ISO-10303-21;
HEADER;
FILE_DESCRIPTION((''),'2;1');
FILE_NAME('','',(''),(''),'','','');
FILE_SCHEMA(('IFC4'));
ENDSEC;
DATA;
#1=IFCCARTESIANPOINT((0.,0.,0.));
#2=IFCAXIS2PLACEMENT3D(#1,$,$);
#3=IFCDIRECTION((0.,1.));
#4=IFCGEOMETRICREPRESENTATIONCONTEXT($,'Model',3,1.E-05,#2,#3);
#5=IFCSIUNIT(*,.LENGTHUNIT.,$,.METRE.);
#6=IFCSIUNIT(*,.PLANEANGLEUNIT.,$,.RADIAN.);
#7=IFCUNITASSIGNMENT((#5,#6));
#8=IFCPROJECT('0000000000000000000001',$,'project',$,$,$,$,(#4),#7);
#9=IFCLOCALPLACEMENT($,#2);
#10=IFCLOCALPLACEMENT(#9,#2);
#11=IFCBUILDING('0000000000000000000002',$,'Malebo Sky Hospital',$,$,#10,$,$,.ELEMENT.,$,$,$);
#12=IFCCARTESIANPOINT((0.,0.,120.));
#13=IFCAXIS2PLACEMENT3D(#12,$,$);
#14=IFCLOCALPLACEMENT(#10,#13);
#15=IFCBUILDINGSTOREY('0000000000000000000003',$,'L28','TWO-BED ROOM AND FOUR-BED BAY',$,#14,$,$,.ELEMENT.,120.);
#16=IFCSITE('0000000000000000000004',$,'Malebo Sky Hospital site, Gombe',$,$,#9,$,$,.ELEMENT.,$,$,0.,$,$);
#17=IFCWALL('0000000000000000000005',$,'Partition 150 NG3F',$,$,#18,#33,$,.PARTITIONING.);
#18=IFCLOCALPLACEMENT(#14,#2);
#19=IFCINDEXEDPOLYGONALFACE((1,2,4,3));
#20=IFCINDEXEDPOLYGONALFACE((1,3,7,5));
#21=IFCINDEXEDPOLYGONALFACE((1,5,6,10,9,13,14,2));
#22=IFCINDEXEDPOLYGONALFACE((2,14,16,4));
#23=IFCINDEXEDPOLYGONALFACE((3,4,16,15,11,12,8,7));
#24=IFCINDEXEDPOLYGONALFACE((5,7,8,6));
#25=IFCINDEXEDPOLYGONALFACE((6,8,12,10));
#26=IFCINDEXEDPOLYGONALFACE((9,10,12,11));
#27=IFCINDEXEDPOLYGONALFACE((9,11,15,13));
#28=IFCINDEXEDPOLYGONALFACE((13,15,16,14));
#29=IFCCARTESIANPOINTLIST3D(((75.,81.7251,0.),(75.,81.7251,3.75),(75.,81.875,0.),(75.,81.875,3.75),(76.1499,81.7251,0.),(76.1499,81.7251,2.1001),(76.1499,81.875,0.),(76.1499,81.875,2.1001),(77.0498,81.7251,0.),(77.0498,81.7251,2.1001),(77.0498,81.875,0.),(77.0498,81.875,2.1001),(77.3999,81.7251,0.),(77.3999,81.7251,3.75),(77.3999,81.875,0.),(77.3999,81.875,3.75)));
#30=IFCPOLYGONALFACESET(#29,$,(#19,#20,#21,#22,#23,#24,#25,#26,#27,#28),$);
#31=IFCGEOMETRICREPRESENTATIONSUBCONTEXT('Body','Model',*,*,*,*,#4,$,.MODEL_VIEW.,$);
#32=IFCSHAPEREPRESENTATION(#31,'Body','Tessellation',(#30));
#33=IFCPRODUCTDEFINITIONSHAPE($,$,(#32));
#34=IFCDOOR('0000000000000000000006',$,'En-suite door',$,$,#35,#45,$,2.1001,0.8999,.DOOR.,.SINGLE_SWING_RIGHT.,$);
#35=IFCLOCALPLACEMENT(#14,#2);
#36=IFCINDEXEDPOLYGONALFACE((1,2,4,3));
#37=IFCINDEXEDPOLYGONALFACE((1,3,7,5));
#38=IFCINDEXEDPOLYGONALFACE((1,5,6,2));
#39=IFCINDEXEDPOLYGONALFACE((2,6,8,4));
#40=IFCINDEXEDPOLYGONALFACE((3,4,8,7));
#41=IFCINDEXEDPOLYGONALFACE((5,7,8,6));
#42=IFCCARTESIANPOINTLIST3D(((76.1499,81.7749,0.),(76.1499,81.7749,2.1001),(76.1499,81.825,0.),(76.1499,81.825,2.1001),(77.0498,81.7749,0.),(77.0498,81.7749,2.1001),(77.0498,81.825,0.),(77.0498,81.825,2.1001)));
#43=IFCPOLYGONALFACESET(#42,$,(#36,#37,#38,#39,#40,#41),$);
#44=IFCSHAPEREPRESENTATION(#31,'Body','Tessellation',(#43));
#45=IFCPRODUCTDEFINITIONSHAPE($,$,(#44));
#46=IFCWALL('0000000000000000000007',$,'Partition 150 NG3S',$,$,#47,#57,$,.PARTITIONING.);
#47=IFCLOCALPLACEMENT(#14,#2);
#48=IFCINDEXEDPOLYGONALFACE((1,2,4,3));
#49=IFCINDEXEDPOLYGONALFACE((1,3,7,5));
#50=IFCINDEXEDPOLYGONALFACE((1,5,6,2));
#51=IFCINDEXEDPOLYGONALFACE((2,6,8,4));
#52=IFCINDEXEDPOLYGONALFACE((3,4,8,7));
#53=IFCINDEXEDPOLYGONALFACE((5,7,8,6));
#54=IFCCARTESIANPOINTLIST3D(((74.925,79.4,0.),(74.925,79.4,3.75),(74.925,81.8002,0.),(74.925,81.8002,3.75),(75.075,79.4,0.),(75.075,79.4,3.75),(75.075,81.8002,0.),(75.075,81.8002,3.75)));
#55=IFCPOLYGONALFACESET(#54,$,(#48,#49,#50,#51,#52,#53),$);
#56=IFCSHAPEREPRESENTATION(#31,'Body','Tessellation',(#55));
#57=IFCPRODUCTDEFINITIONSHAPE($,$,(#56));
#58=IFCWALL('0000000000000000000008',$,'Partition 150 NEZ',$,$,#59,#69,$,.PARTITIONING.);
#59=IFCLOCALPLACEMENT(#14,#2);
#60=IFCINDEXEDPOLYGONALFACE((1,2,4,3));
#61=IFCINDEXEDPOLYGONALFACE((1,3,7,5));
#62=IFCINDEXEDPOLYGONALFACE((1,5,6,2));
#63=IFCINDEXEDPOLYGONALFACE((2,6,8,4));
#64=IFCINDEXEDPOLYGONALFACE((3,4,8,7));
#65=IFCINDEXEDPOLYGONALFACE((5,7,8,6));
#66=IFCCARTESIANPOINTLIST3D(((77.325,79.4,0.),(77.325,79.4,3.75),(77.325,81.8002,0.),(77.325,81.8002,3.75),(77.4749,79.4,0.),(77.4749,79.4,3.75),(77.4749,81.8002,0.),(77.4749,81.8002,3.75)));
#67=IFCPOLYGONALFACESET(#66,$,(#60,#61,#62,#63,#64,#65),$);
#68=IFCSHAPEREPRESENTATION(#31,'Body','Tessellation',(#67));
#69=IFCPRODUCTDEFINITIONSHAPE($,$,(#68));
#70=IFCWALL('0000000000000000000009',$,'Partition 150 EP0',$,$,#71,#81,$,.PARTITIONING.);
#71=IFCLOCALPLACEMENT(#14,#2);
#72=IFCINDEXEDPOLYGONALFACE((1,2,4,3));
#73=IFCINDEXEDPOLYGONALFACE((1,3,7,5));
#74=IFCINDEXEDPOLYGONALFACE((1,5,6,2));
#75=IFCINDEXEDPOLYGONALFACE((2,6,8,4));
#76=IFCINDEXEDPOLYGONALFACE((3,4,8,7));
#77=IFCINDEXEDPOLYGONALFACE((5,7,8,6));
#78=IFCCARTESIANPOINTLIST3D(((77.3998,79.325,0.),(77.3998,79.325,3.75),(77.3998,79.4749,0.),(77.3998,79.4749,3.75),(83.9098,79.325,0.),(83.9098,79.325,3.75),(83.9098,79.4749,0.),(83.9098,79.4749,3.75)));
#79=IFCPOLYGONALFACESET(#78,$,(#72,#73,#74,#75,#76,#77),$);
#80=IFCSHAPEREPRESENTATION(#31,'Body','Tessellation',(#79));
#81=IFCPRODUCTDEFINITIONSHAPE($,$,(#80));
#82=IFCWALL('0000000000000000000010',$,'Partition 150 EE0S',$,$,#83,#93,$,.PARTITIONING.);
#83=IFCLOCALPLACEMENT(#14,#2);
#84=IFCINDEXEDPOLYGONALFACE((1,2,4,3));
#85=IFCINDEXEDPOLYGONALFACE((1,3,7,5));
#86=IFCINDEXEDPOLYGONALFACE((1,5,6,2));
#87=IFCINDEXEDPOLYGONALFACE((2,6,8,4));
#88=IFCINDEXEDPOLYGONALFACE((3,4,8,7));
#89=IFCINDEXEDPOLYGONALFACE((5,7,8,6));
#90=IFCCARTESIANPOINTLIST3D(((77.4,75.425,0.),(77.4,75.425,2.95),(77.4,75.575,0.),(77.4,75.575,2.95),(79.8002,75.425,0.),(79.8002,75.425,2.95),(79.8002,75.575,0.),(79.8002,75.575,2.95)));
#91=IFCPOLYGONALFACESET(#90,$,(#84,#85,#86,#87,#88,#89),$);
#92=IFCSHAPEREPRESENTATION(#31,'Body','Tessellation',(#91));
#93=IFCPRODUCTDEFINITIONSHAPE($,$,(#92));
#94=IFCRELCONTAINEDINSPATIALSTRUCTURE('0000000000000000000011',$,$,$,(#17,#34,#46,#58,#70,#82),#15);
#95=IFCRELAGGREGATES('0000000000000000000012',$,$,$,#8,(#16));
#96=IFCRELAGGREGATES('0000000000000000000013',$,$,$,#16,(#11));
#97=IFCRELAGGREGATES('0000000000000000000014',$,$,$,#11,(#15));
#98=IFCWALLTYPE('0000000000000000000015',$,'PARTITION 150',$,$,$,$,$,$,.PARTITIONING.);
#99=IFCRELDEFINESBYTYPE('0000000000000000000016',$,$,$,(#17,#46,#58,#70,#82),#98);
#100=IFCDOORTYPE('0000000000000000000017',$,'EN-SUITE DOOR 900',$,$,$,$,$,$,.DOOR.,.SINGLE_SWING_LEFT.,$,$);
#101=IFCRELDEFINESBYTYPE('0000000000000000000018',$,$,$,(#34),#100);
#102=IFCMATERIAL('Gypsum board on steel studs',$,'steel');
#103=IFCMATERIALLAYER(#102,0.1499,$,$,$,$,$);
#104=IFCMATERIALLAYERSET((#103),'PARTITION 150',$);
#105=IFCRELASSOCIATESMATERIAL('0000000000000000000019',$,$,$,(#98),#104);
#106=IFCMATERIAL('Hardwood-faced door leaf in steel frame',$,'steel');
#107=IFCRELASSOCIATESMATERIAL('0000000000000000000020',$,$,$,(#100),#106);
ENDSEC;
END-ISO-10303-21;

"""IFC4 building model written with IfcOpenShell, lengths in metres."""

from ifc_helpers import new_model, si_unit, direction, frame, frame_2d, origin, place, context, subcontext, project, spatial, rectangle, extrude, material, layer, layer_set, type_object, element, fill, save


model = new_model("IFC4")

# Units and contexts
model_context = context("Model", 3, precision=1e-05, world=origin(), true_north=direction((0.0, 1.0)))
body_context = subcontext(model_context, "Body", "Model", "MODEL_VIEW")
ifc_project = project(units=[si_unit("LENGTHUNIT", "METRE"), si_unit("PLANEANGLEUNIT", "RADIAN")], contexts=[model_context])

# Site, building, storey
site_placement = place(None, origin())
site = spatial("IfcSite", under=ifc_project, at=site_placement, Name="Malebo Sky Hospital site, Gombe", CompositionType="ELEMENT", RefElevation=0.0)
building_placement = place(site_placement, origin())
building = spatial("IfcBuilding", under=site, at=building_placement, Name="Malebo Sky Hospital", CompositionType="ELEMENT")
storey_placement = place(building_placement, frame((0.0, 0.0, 120.0)))
storey = spatial("IfcBuildingStorey", under=building, at=storey_placement, Name="L28", Description="TWO-BED ROOM AND FOUR-BED BAY", CompositionType="ELEMENT", Elevation=120.0)

# Shared definitions
ifc_material_1 = material(Name="Gypsum board on steel studs", Category="steel")
ifc_material_2 = material(Name="Hardwood-faced door leaf in steel frame", Category="steel")

# Wall, opening, door
ifc_layer_1 = layer(ifc_material_1, 0.1499)
ifc_layer_set_1 = layer_set([ifc_layer_1], Name="PARTITION 150")
wall_type_1 = type_object("IfcWallType", Name="PARTITION 150", PredefinedType="PARTITIONING", material=ifc_layer_set_1)
wall_1_placement = place(storey_placement, frame((75.0, 81.8, 0.0), z_axis=(0.0, 0.0, 1.0), x_axis=(1.0, 0.0, 0.0)))
wall_1 = element("IfcWall", 1, at=wall_1_placement, inside=storey, type_object=wall_type_1, Name="Partition 150 NG3F", PredefinedType="PARTITIONING", context=body_context, shape_type="SweptSolid", body=[
    extrude(rectangle(XDim=2.3999, YDim=0.1499, at=frame_2d((1.2, 0.0))), origin(), (0.0, 0.0, 1.0), 3.75),
])
opening_1_placement = place(wall_1_placement, frame((1.1499, 0.0, 0.0)))
opening_1 = element("IfcOpeningElement", 2, at=opening_1_placement, cuts=wall_1, PredefinedType="OPENING", context=body_context, shape_type="SweptSolid", body=[
    extrude(rectangle(XDim=0.8999, YDim=2.1001, at=frame_2d((0.45, 1.05))), frame((0.0, 0.085, 0.0), z_axis=(0.0, -1.0, 0.0), x_axis=(1.0, 0.0, 0.0)), (0.0, 0.0, 1.0), 0.1699),
])
door_type_1 = type_object("IfcDoorType", Name="EN-SUITE DOOR 900", OperationType="SINGLE_SWING_LEFT", PredefinedType="DOOR", material=ifc_material_2)
door_1_placement = place(opening_1_placement, origin())
door_1 = element("IfcDoor", 3, at=door_1_placement, inside=storey, type_object=door_type_1, Name="En-suite door", OperationType="SINGLE_SWING_RIGHT", OverallHeight=2.1001, OverallWidth=0.8999, PredefinedType="DOOR", context=body_context, shape_type="SweptSolid", body=[
    extrude(rectangle(XDim=0.8999, YDim=2.1001, at=frame_2d((0.45, 1.05))), frame((0.0, 0.0249, 0.0), z_axis=(0.0, -1.0, 0.0), x_axis=(1.0, 0.0, 0.0)), (0.0, 0.0, 1.0), 0.05),
])
fill(opening_1, door_1)

# Walls
for number, where, z_axis, x_axis, name in (
    (4, (75.0, 79.3999, 0.0), (0.0, 0.0, 1.0), (0.0, 1.0, 0.0), "Partition 150 NG3S"),
    (5, (77.3999, 79.3999, 0.0), (0.0, 0.0, 1.0), (0.0, 1.0, 0.0), "Partition 150 NEZ"),
):
    element("IfcWall", number, at=place(storey_placement, frame(where, z_axis=z_axis, x_axis=x_axis)), inside=storey, type_object=wall_type_1, Name=name, PredefinedType="PARTITIONING", context=body_context, shape_type="SweptSolid", body=[
        extrude(rectangle(XDim=2.4001, YDim=0.1499, at=frame_2d((1.2002, 0.0))), origin(), (0.0, 0.0, 1.0), 3.75),
    ])
wall_2_placement = place(storey_placement, frame((77.3999, 79.3999, 0.0), z_axis=(0.0, 0.0, 1.0), x_axis=(1.0, 0.0, 0.0)))
element("IfcWall", 6, at=wall_2_placement, inside=storey, type_object=wall_type_1, Name="Partition 150 EP0", PredefinedType="PARTITIONING", context=body_context, shape_type="SweptSolid", body=[
    extrude(rectangle(XDim=6.51, YDim=0.1499, at=frame_2d((3.2549, 0.0))), origin(), (0.0, 0.0, 1.0), 3.75),
])
wall_3_placement = place(storey_placement, frame((77.3999, 75.5, 0.0), z_axis=(0.0, 0.0, 1.0), x_axis=(1.0, 0.0, 0.0)))
element("IfcWall", 7, at=wall_3_placement, inside=storey, type_object=wall_type_1, Name="Partition 150 EE0S", PredefinedType="PARTITIONING", context=body_context, shape_type="SweptSolid", body=[
    extrude(rectangle(XDim=2.4001, YDim=0.1499, at=frame_2d((1.2002, 0.0))), origin(), (0.0, 0.0, 1.0), 2.95),
])

save(model, "model.ifc")
